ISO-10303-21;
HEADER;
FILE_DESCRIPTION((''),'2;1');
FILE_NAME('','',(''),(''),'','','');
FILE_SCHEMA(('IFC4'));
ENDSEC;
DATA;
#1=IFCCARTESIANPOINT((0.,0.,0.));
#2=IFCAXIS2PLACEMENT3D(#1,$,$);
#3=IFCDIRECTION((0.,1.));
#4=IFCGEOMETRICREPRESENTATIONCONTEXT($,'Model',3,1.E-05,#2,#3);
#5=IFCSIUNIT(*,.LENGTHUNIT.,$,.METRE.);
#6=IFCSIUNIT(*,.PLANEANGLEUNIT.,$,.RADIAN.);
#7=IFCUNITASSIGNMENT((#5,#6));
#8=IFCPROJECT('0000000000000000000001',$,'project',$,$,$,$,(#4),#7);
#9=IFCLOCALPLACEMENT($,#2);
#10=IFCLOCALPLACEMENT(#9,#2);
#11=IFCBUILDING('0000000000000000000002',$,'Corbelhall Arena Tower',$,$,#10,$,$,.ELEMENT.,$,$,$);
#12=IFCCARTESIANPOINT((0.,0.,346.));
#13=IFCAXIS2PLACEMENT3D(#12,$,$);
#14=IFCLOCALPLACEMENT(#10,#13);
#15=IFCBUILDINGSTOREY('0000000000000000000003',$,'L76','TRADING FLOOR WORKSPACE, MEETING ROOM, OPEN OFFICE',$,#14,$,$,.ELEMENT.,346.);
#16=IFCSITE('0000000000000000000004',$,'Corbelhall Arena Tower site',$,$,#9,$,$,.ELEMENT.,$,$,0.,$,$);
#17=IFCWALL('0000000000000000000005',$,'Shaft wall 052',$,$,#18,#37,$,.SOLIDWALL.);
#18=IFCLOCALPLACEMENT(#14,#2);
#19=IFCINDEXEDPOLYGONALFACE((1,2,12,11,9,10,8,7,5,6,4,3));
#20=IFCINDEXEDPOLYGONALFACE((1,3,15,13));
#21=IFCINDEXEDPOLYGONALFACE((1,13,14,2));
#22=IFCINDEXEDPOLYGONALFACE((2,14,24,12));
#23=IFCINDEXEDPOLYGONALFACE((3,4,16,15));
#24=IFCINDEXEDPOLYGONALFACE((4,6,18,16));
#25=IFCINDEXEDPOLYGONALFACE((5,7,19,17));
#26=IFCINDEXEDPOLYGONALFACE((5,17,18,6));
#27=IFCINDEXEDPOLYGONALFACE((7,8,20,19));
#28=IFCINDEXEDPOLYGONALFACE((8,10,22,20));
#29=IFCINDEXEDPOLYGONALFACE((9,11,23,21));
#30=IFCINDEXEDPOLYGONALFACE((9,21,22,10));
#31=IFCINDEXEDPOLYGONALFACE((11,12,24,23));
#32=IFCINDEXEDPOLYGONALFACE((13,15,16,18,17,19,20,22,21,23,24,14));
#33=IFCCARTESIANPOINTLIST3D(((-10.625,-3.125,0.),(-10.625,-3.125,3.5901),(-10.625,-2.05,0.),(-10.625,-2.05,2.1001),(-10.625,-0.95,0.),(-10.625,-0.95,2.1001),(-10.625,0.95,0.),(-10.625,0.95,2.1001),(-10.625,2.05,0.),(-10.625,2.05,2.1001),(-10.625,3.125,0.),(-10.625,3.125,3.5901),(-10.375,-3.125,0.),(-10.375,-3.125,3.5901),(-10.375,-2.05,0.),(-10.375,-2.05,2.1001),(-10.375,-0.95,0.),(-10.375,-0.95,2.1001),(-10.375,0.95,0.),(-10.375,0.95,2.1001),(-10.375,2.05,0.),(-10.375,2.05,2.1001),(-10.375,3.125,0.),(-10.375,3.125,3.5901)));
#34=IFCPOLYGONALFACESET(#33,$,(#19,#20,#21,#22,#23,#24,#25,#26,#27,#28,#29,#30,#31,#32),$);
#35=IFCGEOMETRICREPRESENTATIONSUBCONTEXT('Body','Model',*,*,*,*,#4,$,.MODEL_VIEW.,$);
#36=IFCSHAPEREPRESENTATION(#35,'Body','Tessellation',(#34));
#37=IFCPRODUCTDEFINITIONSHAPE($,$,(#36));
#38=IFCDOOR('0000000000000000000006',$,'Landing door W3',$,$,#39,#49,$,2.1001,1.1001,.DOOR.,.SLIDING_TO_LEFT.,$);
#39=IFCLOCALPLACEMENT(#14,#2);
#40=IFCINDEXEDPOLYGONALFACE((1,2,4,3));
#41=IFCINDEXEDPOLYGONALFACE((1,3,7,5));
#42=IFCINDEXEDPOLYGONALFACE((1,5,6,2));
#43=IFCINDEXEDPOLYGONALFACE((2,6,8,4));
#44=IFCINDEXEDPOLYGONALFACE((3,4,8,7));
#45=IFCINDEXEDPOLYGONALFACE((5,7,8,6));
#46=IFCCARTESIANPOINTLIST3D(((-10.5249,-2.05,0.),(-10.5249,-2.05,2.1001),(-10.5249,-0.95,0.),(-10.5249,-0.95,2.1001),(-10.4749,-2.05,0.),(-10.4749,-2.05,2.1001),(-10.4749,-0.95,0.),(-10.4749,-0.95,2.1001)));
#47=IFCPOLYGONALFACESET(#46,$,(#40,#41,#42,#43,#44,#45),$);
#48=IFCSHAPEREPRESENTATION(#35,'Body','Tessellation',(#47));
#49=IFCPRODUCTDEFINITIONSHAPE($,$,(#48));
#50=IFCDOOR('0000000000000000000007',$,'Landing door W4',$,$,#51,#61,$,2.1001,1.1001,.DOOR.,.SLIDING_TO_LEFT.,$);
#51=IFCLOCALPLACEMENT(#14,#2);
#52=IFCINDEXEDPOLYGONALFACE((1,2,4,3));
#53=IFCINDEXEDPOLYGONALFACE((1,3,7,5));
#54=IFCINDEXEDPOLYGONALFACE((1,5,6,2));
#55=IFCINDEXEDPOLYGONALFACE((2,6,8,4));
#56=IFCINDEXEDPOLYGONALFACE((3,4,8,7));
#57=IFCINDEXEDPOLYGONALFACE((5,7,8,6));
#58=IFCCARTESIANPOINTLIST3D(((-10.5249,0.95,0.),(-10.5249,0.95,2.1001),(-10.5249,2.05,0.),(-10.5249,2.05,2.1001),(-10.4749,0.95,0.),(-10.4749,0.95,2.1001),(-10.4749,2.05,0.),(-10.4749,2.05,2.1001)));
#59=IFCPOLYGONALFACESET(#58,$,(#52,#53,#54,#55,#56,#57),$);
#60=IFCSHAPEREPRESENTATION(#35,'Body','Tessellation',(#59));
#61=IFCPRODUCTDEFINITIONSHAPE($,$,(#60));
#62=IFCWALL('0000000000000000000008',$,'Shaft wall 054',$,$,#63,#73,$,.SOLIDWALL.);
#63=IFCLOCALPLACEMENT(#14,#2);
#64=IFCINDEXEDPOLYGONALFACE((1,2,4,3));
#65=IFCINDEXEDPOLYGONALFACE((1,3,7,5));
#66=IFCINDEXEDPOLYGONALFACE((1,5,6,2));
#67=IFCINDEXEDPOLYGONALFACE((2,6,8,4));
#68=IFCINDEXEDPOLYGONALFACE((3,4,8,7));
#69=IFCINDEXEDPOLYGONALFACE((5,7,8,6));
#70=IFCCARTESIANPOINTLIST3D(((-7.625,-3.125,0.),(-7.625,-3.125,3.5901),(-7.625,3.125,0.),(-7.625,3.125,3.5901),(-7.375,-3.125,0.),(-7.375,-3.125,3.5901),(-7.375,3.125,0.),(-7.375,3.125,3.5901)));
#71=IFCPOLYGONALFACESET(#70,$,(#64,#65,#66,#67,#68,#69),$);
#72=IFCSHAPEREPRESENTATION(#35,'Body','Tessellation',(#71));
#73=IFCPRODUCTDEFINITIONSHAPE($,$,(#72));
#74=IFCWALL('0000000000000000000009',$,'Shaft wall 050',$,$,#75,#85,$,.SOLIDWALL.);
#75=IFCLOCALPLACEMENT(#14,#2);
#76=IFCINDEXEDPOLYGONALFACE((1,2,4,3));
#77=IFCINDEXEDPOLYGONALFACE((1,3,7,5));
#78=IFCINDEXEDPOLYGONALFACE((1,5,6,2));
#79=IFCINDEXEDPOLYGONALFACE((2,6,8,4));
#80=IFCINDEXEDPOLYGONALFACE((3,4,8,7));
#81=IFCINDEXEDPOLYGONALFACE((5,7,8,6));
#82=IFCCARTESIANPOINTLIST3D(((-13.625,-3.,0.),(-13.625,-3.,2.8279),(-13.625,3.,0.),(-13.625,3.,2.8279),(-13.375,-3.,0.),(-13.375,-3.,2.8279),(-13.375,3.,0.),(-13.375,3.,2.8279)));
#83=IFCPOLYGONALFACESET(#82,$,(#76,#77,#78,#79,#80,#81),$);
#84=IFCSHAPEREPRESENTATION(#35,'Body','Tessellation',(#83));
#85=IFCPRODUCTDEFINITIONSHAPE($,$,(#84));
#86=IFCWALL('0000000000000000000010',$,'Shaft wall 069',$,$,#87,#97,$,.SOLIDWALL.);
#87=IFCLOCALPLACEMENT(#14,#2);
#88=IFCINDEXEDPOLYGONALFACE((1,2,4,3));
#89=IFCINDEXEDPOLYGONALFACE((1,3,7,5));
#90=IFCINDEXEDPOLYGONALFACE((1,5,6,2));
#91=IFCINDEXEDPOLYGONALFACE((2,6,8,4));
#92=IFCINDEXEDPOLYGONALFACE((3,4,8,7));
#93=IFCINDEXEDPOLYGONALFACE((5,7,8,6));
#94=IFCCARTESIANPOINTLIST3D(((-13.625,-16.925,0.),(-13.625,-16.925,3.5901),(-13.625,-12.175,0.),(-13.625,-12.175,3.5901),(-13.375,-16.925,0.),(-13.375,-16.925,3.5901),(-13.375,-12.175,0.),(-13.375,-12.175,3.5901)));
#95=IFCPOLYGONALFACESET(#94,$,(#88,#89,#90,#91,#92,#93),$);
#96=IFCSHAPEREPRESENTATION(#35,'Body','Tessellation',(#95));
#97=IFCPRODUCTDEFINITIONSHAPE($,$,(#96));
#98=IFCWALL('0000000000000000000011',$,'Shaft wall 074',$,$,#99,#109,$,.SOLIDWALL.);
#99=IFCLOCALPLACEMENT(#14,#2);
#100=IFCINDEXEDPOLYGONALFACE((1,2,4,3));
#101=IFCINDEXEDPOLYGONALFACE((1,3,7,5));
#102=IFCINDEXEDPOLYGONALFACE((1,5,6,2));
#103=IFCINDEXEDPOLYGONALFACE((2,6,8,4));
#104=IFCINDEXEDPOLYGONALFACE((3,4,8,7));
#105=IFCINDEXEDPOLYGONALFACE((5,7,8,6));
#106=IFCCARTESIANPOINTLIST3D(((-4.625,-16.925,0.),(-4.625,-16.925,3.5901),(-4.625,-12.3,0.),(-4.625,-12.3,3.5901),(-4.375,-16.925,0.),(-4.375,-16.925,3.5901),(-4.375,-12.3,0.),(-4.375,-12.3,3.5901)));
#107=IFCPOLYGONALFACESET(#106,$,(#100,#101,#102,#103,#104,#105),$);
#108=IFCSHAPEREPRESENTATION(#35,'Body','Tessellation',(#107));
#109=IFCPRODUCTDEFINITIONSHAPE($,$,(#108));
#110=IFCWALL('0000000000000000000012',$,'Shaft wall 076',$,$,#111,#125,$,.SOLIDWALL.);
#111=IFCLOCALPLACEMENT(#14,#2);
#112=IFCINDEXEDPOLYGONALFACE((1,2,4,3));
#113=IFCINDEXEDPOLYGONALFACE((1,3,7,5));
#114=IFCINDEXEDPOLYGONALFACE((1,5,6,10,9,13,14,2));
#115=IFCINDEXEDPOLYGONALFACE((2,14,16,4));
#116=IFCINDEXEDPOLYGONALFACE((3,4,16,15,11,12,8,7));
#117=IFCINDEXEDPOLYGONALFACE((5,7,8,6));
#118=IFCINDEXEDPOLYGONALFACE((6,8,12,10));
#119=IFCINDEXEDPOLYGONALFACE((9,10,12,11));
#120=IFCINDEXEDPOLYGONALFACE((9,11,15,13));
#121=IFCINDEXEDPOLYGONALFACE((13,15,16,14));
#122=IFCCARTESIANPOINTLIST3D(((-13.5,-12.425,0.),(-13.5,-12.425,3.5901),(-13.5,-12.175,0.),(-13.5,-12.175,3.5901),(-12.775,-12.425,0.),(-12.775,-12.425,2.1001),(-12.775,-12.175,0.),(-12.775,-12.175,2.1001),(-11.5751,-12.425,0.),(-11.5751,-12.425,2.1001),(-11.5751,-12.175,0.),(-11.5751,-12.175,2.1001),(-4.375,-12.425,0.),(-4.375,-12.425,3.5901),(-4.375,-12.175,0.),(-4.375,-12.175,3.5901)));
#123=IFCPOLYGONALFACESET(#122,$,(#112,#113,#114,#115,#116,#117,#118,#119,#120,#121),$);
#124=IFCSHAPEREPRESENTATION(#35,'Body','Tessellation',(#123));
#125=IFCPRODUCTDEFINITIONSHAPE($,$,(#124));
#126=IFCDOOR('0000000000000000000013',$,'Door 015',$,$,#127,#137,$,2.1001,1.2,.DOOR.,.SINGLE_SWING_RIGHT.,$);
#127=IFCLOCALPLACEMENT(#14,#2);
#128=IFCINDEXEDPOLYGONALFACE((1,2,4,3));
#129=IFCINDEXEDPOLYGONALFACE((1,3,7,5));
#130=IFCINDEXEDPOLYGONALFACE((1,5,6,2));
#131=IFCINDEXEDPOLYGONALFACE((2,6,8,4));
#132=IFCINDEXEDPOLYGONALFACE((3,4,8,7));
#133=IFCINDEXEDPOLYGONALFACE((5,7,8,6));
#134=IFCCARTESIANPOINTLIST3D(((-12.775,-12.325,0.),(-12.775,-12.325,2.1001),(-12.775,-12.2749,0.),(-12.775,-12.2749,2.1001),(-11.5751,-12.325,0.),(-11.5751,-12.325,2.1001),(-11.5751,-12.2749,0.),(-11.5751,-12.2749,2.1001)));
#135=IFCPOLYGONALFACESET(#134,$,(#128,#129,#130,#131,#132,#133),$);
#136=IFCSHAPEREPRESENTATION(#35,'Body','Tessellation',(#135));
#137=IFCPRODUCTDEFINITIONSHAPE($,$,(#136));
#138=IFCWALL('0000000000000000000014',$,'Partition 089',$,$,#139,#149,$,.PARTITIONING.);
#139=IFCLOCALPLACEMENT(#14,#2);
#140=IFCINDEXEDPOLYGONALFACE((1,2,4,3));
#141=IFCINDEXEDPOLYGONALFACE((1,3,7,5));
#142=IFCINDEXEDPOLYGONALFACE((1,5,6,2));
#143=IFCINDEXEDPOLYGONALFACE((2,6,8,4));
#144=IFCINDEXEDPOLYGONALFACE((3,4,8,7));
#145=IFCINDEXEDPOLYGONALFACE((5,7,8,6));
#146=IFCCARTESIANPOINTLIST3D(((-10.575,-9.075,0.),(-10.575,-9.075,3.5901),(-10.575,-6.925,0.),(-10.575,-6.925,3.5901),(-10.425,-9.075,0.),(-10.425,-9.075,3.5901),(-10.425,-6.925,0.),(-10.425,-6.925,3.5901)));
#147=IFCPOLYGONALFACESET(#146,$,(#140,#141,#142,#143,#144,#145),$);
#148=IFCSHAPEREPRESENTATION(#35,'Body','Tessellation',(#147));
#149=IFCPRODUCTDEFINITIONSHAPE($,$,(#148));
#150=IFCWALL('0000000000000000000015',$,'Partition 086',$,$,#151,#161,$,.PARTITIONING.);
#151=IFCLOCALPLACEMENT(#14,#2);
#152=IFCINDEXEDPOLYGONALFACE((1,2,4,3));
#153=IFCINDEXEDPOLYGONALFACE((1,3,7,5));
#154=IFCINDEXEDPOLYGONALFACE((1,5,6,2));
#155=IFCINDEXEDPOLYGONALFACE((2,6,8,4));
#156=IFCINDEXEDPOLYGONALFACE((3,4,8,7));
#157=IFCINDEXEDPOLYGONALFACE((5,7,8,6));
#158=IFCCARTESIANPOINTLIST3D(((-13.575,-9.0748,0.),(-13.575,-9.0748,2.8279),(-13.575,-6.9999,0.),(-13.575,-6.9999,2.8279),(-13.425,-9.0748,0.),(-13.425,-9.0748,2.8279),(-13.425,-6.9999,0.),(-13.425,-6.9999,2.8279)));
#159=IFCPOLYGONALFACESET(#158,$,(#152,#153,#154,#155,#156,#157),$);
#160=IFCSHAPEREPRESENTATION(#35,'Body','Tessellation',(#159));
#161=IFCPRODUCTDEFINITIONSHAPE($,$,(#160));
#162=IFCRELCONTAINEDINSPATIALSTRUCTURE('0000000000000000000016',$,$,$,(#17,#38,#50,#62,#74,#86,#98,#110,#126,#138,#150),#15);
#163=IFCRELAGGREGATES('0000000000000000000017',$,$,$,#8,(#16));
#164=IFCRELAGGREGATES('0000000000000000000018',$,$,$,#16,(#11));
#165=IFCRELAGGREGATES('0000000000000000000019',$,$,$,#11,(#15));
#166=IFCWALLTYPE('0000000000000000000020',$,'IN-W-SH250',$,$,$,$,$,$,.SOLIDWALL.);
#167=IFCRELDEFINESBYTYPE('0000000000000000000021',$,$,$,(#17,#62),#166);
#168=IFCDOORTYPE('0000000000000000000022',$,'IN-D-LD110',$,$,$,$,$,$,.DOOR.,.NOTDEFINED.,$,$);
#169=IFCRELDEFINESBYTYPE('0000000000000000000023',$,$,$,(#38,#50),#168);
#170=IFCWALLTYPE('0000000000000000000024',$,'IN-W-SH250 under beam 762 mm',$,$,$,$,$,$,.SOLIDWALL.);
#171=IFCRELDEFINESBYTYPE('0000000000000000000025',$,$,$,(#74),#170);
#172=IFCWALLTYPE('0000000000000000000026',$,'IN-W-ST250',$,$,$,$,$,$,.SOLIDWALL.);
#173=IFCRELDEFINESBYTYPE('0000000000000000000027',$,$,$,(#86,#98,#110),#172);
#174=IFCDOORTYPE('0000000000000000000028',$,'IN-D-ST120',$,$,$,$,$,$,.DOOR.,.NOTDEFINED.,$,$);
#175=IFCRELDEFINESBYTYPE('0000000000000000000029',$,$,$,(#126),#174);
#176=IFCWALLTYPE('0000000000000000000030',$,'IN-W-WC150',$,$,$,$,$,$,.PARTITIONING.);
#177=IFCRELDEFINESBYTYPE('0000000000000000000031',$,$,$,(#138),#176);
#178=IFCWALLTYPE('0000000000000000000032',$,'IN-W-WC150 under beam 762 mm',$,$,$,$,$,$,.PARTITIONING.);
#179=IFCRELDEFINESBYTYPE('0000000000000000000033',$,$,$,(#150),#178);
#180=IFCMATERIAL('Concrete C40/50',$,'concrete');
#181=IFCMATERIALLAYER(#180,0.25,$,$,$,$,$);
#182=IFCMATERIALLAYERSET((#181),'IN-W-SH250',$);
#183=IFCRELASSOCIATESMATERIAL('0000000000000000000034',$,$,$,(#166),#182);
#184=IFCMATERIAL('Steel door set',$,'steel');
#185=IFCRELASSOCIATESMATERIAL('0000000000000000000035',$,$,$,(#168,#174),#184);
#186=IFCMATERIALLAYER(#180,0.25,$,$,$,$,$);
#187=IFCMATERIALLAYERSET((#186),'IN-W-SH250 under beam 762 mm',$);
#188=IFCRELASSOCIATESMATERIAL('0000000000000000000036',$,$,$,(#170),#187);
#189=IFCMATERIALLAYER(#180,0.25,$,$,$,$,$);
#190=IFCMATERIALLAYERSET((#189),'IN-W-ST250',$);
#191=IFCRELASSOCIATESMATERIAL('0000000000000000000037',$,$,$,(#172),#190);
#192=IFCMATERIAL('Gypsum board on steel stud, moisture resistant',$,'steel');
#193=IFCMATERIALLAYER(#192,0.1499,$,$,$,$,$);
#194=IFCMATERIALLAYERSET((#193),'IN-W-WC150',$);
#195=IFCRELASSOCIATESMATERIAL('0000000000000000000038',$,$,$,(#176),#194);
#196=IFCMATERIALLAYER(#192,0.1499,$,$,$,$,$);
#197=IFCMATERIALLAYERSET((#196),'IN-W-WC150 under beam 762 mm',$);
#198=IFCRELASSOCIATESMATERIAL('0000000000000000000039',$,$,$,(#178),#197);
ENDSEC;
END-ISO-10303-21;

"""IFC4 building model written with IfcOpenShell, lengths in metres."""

from ifc_helpers import new_model, si_unit, direction, frame, frame_2d, origin, place, context, subcontext, project, spatial, rectangle, extrude, material, layer, layer_set, type_object, element, fill, save


model = new_model("IFC4")

# Units and contexts
model_context = context("Model", 3, precision=1e-05, world=origin(), true_north=direction((0.0, 1.0)))
body_context = subcontext(model_context, "Body", "Model", "MODEL_VIEW")
ifc_project = project(units=[si_unit("LENGTHUNIT", "METRE"), si_unit("PLANEANGLEUNIT", "RADIAN")], contexts=[model_context])

# Site, building, storey
site_placement = place(None, origin())
site = spatial("IfcSite", under=ifc_project, at=site_placement, Name="Corbelhall Arena Tower site", CompositionType="ELEMENT", RefElevation=0.0)
building_placement = place(site_placement, origin())
building = spatial("IfcBuilding", under=site, at=building_placement, Name="Corbelhall Arena Tower", CompositionType="ELEMENT")
storey_placement = place(building_placement, frame((0.0, 0.0, 346.0)))
storey = spatial("IfcBuildingStorey", under=building, at=storey_placement, Name="L76", Description="TRADING FLOOR WORKSPACE, MEETING ROOM, OPEN OFFICE", CompositionType="ELEMENT", Elevation=346.0)

# Shared definitions
ifc_material_1 = material(Name="Steel door set", Category="steel")

# Wall, openings, doors
ifc_material_2 = material(Name="Concrete C40/50", Category="concrete")
ifc_layer_1 = layer(ifc_material_2, 0.25)
ifc_layer_set_1 = layer_set([ifc_layer_1], Name="IN-W-SH250")
wall_type_1 = type_object("IfcWallType", Name="IN-W-SH250", PredefinedType="SOLIDWALL", material=ifc_layer_set_1)
wall_1_placement = place(storey_placement, frame((-10.5, -3.125, 0.0), z_axis=(0.0, 0.0, 1.0), x_axis=(0.0, 1.0, 0.0)))
wall_1 = element("IfcWall", 1, at=wall_1_placement, inside=storey, type_object=wall_type_1, Name="Shaft wall 052", PredefinedType="SOLIDWALL", context=body_context, shape_type="SweptSolid", body=[
    extrude(rectangle(XDim=6.25, YDim=0.25, at=frame_2d((3.125, 0.0))), origin(), (0.0, 0.0, 1.0), 3.5901),
])
opening_1_placement = place(wall_1_placement, frame((1.075, 0.0, 0.0)))
opening_1 = element("IfcOpeningElement", 2, at=opening_1_placement, cuts=wall_1, PredefinedType="OPENING", context=body_context, shape_type="SweptSolid", body=[
    extrude(rectangle(XDim=1.1001, YDim=2.1001, at=frame_2d((0.55, 1.05))), frame((0.0, 0.125, 0.0), z_axis=(0.0, -1.0, 0.0), x_axis=(1.0, 0.0, 0.0)), (0.0, 0.0, 1.0), 0.25),
])
opening_2_placement = place(wall_1_placement, frame((4.075, 0.0, 0.0)))
opening_2 = element("IfcOpeningElement", 3, at=opening_2_placement, cuts=wall_1, PredefinedType="OPENING", context=body_context, shape_type="SweptSolid", body=[
    extrude(rectangle(XDim=1.1001, YDim=2.1001, at=frame_2d((0.55, 1.05))), frame((0.0, 0.125, 0.0), z_axis=(0.0, -1.0, 0.0), x_axis=(1.0, 0.0, 0.0)), (0.0, 0.0, 1.0), 0.25),
])
door_type_1 = type_object("IfcDoorType", Name="IN-D-LD110", OperationType="NOTDEFINED", PredefinedType="DOOR", material=ifc_material_1)
door_1_placement = place(opening_1_placement, origin())
door_1 = element("IfcDoor", 4, at=door_1_placement, inside=storey, type_object=door_type_1, Name="Landing door W3", OperationType="SLIDING_TO_LEFT", OverallHeight=2.1001, OverallWidth=1.1001, PredefinedType="DOOR", context=body_context, shape_type="SweptSolid", body=[
    extrude(rectangle(XDim=1.1001, YDim=2.1001, at=frame_2d((0.55, 1.05))), frame((0.0, 0.0249, 0.0), z_axis=(0.0, -1.0, 0.0), x_axis=(1.0, 0.0, 0.0)), (0.0, 0.0, 1.0), 0.05),
])
fill(opening_1, door_1)
door_2_placement = place(opening_2_placement, origin())
door_2 = element("IfcDoor", 5, at=door_2_placement, inside=storey, type_object=door_type_1, Name="Landing door W4", OperationType="SLIDING_TO_LEFT", OverallHeight=2.1001, OverallWidth=1.1001, PredefinedType="DOOR", context=body_context, shape_type="SweptSolid", body=[
    extrude(rectangle(XDim=1.1001, YDim=2.1001, at=frame_2d((0.55, 1.05))), frame((0.0, 0.0249, 0.0), z_axis=(0.0, -1.0, 0.0), x_axis=(1.0, 0.0, 0.0)), (0.0, 0.0, 1.0), 0.05),
])
fill(opening_2, door_2)

# Walls
wall_2_placement = place(storey_placement, frame((-7.5, -3.125, 0.0), z_axis=(0.0, 0.0, 1.0), x_axis=(0.0, 1.0, 0.0)))
element("IfcWall", 6, at=wall_2_placement, inside=storey, type_object=wall_type_1, Name="Shaft wall 054", PredefinedType="SOLIDWALL", context=body_context, shape_type="SweptSolid", body=[
    extrude(rectangle(XDim=6.25, YDim=0.25, at=frame_2d((3.125, 0.0))), origin(), (0.0, 0.0, 1.0), 3.5901),
])
ifc_layer_2 = layer(ifc_material_2, 0.25)
ifc_layer_set_2 = layer_set([ifc_layer_2], Name="IN-W-SH250 under beam 762 mm")
wall_type_2 = type_object("IfcWallType", Name="IN-W-SH250 under beam 762 mm", PredefinedType="SOLIDWALL", material=ifc_layer_set_2)
wall_3_placement = place(storey_placement, frame((-13.5, -3.0, 0.0), z_axis=(0.0, 0.0, 1.0), x_axis=(0.0, 1.0, 0.0)))
element("IfcWall", 7, at=wall_3_placement, inside=storey, type_object=wall_type_2, Name="Shaft wall 050", PredefinedType="SOLIDWALL", context=body_context, shape_type="SweptSolid", body=[
    extrude(rectangle(XDim=6.0, YDim=0.25, at=frame_2d((3.0, 0.0))), origin(), (0.0, 0.0, 1.0), 2.8279),
])
ifc_layer_3 = layer(ifc_material_2, 0.25)
ifc_layer_set_3 = layer_set([ifc_layer_3], Name="IN-W-ST250")
wall_type_3 = type_object("IfcWallType", Name="IN-W-ST250", PredefinedType="SOLIDWALL", material=ifc_layer_set_3)
wall_4_placement = place(storey_placement, frame((-13.5, -12.175, 0.0), z_axis=(0.0, 0.0, 1.0), x_axis=(0.0, -1.0, 0.0)))
element("IfcWall", 8, at=wall_4_placement, inside=storey, type_object=wall_type_3, Name="Shaft wall 069", PredefinedType="SOLIDWALL", context=body_context, shape_type="SweptSolid", body=[
    extrude(rectangle(XDim=4.75, YDim=0.25, at=frame_2d((2.375, 0.0))), origin(), (0.0, 0.0, 1.0), 3.5901),
])
wall_5_placement = place(storey_placement, frame((-4.5, -12.3, 0.0), z_axis=(0.0, 0.0, 1.0), x_axis=(0.0, -1.0, 0.0)))
element("IfcWall", 9, at=wall_5_placement, inside=storey, type_object=wall_type_3, Name="Shaft wall 074", PredefinedType="SOLIDWALL", context=body_context, shape_type="SweptSolid", body=[
    extrude(rectangle(XDim=4.625, YDim=0.25, at=frame_2d((2.3125, 0.0))), origin(), (0.0, 0.0, 1.0), 3.5901),
])

# Wall, opening, door
wall_6_placement = place(storey_placement, frame((-4.375, -12.3, 0.0), z_axis=(0.0, 0.0, 1.0), x_axis=(-1.0, 0.0, 0.0)))
wall_6 = element("IfcWall", 10, at=wall_6_placement, inside=storey, type_object=wall_type_3, Name="Shaft wall 076", PredefinedType="SOLIDWALL", context=body_context, shape_type="SweptSolid", body=[
    extrude(rectangle(XDim=9.125, YDim=0.25, at=frame_2d((4.5625, 0.0))), origin(), (0.0, 0.0, 1.0), 3.5901),
])
opening_3_placement = place(wall_6_placement, frame((7.2, 0.0, 0.0)))
opening_3 = element("IfcOpeningElement", 11, at=opening_3_placement, cuts=wall_6, PredefinedType="OPENING", context=body_context, shape_type="SweptSolid", body=[
    extrude(rectangle(XDim=1.2, YDim=2.1001, at=frame_2d((0.6001, 1.05))), frame((0.0, 0.125, 0.0), z_axis=(0.0, -1.0, 0.0), x_axis=(1.0, 0.0, 0.0)), (0.0, 0.0, 1.0), 0.25),
])
door_type_2 = type_object("IfcDoorType", Name="IN-D-ST120", OperationType="NOTDEFINED", PredefinedType="DOOR", material=ifc_material_1)
door_3_placement = place(opening_3_placement, origin())
door_3 = element("IfcDoor", 12, at=door_3_placement, inside=storey, type_object=door_type_2, Name="Door 015", OperationType="SINGLE_SWING_RIGHT", OverallHeight=2.1001, OverallWidth=1.2, PredefinedType="DOOR", context=body_context, shape_type="SweptSolid", body=[
    extrude(rectangle(XDim=1.2, YDim=2.1001, at=frame_2d((0.6001, 1.05))), frame((0.0, 0.0249, 0.0), z_axis=(0.0, -1.0, 0.0), x_axis=(1.0, 0.0, 0.0)), (0.0, 0.0, 1.0), 0.05),
])
fill(opening_3, door_3)

# Walls
ifc_material_3 = material(Name="Gypsum board on steel stud, moisture resistant", Category="steel")
ifc_layer_4 = layer(ifc_material_3, 0.1499)
ifc_layer_set_4 = layer_set([ifc_layer_4], Name="IN-W-WC150")
wall_type_4 = type_object("IfcWallType", Name="IN-W-WC150", PredefinedType="PARTITIONING", material=ifc_layer_set_4)
wall_7_placement = place(storey_placement, frame((-10.5, -9.075, 0.0), z_axis=(0.0, 0.0, 1.0), x_axis=(0.0, 1.0, 0.0)))
element("IfcWall", 13, at=wall_7_placement, inside=storey, type_object=wall_type_4, Name="Partition 089", PredefinedType="PARTITIONING", context=body_context, shape_type="SweptSolid", body=[
    extrude(rectangle(XDim=2.1499, YDim=0.1499, at=frame_2d((1.075, 0.0))), origin(), (0.0, 0.0, 1.0), 3.5901),
])
ifc_layer_5 = layer(ifc_material_3, 0.1499)
ifc_layer_set_5 = layer_set([ifc_layer_5], Name="IN-W-WC150 under beam 762 mm")
wall_type_5 = type_object("IfcWallType", Name="IN-W-WC150 under beam 762 mm", PredefinedType="PARTITIONING", material=ifc_layer_set_5)
wall_8_placement = place(storey_placement, frame((-13.5, -9.075, 0.0), z_axis=(0.0, 0.0, 1.0), x_axis=(0.0, 1.0, 0.0)))
element("IfcWall", 14, at=wall_8_placement, inside=storey, type_object=wall_type_5, Name="Partition 086", PredefinedType="PARTITIONING", context=body_context, shape_type="SweptSolid", body=[
    extrude(rectangle(XDim=2.075, YDim=0.1499, at=frame_2d((1.0376, 0.0))), origin(), (0.0, 0.0, 1.0), 2.8279),
])

save(model, "model.ifc")
